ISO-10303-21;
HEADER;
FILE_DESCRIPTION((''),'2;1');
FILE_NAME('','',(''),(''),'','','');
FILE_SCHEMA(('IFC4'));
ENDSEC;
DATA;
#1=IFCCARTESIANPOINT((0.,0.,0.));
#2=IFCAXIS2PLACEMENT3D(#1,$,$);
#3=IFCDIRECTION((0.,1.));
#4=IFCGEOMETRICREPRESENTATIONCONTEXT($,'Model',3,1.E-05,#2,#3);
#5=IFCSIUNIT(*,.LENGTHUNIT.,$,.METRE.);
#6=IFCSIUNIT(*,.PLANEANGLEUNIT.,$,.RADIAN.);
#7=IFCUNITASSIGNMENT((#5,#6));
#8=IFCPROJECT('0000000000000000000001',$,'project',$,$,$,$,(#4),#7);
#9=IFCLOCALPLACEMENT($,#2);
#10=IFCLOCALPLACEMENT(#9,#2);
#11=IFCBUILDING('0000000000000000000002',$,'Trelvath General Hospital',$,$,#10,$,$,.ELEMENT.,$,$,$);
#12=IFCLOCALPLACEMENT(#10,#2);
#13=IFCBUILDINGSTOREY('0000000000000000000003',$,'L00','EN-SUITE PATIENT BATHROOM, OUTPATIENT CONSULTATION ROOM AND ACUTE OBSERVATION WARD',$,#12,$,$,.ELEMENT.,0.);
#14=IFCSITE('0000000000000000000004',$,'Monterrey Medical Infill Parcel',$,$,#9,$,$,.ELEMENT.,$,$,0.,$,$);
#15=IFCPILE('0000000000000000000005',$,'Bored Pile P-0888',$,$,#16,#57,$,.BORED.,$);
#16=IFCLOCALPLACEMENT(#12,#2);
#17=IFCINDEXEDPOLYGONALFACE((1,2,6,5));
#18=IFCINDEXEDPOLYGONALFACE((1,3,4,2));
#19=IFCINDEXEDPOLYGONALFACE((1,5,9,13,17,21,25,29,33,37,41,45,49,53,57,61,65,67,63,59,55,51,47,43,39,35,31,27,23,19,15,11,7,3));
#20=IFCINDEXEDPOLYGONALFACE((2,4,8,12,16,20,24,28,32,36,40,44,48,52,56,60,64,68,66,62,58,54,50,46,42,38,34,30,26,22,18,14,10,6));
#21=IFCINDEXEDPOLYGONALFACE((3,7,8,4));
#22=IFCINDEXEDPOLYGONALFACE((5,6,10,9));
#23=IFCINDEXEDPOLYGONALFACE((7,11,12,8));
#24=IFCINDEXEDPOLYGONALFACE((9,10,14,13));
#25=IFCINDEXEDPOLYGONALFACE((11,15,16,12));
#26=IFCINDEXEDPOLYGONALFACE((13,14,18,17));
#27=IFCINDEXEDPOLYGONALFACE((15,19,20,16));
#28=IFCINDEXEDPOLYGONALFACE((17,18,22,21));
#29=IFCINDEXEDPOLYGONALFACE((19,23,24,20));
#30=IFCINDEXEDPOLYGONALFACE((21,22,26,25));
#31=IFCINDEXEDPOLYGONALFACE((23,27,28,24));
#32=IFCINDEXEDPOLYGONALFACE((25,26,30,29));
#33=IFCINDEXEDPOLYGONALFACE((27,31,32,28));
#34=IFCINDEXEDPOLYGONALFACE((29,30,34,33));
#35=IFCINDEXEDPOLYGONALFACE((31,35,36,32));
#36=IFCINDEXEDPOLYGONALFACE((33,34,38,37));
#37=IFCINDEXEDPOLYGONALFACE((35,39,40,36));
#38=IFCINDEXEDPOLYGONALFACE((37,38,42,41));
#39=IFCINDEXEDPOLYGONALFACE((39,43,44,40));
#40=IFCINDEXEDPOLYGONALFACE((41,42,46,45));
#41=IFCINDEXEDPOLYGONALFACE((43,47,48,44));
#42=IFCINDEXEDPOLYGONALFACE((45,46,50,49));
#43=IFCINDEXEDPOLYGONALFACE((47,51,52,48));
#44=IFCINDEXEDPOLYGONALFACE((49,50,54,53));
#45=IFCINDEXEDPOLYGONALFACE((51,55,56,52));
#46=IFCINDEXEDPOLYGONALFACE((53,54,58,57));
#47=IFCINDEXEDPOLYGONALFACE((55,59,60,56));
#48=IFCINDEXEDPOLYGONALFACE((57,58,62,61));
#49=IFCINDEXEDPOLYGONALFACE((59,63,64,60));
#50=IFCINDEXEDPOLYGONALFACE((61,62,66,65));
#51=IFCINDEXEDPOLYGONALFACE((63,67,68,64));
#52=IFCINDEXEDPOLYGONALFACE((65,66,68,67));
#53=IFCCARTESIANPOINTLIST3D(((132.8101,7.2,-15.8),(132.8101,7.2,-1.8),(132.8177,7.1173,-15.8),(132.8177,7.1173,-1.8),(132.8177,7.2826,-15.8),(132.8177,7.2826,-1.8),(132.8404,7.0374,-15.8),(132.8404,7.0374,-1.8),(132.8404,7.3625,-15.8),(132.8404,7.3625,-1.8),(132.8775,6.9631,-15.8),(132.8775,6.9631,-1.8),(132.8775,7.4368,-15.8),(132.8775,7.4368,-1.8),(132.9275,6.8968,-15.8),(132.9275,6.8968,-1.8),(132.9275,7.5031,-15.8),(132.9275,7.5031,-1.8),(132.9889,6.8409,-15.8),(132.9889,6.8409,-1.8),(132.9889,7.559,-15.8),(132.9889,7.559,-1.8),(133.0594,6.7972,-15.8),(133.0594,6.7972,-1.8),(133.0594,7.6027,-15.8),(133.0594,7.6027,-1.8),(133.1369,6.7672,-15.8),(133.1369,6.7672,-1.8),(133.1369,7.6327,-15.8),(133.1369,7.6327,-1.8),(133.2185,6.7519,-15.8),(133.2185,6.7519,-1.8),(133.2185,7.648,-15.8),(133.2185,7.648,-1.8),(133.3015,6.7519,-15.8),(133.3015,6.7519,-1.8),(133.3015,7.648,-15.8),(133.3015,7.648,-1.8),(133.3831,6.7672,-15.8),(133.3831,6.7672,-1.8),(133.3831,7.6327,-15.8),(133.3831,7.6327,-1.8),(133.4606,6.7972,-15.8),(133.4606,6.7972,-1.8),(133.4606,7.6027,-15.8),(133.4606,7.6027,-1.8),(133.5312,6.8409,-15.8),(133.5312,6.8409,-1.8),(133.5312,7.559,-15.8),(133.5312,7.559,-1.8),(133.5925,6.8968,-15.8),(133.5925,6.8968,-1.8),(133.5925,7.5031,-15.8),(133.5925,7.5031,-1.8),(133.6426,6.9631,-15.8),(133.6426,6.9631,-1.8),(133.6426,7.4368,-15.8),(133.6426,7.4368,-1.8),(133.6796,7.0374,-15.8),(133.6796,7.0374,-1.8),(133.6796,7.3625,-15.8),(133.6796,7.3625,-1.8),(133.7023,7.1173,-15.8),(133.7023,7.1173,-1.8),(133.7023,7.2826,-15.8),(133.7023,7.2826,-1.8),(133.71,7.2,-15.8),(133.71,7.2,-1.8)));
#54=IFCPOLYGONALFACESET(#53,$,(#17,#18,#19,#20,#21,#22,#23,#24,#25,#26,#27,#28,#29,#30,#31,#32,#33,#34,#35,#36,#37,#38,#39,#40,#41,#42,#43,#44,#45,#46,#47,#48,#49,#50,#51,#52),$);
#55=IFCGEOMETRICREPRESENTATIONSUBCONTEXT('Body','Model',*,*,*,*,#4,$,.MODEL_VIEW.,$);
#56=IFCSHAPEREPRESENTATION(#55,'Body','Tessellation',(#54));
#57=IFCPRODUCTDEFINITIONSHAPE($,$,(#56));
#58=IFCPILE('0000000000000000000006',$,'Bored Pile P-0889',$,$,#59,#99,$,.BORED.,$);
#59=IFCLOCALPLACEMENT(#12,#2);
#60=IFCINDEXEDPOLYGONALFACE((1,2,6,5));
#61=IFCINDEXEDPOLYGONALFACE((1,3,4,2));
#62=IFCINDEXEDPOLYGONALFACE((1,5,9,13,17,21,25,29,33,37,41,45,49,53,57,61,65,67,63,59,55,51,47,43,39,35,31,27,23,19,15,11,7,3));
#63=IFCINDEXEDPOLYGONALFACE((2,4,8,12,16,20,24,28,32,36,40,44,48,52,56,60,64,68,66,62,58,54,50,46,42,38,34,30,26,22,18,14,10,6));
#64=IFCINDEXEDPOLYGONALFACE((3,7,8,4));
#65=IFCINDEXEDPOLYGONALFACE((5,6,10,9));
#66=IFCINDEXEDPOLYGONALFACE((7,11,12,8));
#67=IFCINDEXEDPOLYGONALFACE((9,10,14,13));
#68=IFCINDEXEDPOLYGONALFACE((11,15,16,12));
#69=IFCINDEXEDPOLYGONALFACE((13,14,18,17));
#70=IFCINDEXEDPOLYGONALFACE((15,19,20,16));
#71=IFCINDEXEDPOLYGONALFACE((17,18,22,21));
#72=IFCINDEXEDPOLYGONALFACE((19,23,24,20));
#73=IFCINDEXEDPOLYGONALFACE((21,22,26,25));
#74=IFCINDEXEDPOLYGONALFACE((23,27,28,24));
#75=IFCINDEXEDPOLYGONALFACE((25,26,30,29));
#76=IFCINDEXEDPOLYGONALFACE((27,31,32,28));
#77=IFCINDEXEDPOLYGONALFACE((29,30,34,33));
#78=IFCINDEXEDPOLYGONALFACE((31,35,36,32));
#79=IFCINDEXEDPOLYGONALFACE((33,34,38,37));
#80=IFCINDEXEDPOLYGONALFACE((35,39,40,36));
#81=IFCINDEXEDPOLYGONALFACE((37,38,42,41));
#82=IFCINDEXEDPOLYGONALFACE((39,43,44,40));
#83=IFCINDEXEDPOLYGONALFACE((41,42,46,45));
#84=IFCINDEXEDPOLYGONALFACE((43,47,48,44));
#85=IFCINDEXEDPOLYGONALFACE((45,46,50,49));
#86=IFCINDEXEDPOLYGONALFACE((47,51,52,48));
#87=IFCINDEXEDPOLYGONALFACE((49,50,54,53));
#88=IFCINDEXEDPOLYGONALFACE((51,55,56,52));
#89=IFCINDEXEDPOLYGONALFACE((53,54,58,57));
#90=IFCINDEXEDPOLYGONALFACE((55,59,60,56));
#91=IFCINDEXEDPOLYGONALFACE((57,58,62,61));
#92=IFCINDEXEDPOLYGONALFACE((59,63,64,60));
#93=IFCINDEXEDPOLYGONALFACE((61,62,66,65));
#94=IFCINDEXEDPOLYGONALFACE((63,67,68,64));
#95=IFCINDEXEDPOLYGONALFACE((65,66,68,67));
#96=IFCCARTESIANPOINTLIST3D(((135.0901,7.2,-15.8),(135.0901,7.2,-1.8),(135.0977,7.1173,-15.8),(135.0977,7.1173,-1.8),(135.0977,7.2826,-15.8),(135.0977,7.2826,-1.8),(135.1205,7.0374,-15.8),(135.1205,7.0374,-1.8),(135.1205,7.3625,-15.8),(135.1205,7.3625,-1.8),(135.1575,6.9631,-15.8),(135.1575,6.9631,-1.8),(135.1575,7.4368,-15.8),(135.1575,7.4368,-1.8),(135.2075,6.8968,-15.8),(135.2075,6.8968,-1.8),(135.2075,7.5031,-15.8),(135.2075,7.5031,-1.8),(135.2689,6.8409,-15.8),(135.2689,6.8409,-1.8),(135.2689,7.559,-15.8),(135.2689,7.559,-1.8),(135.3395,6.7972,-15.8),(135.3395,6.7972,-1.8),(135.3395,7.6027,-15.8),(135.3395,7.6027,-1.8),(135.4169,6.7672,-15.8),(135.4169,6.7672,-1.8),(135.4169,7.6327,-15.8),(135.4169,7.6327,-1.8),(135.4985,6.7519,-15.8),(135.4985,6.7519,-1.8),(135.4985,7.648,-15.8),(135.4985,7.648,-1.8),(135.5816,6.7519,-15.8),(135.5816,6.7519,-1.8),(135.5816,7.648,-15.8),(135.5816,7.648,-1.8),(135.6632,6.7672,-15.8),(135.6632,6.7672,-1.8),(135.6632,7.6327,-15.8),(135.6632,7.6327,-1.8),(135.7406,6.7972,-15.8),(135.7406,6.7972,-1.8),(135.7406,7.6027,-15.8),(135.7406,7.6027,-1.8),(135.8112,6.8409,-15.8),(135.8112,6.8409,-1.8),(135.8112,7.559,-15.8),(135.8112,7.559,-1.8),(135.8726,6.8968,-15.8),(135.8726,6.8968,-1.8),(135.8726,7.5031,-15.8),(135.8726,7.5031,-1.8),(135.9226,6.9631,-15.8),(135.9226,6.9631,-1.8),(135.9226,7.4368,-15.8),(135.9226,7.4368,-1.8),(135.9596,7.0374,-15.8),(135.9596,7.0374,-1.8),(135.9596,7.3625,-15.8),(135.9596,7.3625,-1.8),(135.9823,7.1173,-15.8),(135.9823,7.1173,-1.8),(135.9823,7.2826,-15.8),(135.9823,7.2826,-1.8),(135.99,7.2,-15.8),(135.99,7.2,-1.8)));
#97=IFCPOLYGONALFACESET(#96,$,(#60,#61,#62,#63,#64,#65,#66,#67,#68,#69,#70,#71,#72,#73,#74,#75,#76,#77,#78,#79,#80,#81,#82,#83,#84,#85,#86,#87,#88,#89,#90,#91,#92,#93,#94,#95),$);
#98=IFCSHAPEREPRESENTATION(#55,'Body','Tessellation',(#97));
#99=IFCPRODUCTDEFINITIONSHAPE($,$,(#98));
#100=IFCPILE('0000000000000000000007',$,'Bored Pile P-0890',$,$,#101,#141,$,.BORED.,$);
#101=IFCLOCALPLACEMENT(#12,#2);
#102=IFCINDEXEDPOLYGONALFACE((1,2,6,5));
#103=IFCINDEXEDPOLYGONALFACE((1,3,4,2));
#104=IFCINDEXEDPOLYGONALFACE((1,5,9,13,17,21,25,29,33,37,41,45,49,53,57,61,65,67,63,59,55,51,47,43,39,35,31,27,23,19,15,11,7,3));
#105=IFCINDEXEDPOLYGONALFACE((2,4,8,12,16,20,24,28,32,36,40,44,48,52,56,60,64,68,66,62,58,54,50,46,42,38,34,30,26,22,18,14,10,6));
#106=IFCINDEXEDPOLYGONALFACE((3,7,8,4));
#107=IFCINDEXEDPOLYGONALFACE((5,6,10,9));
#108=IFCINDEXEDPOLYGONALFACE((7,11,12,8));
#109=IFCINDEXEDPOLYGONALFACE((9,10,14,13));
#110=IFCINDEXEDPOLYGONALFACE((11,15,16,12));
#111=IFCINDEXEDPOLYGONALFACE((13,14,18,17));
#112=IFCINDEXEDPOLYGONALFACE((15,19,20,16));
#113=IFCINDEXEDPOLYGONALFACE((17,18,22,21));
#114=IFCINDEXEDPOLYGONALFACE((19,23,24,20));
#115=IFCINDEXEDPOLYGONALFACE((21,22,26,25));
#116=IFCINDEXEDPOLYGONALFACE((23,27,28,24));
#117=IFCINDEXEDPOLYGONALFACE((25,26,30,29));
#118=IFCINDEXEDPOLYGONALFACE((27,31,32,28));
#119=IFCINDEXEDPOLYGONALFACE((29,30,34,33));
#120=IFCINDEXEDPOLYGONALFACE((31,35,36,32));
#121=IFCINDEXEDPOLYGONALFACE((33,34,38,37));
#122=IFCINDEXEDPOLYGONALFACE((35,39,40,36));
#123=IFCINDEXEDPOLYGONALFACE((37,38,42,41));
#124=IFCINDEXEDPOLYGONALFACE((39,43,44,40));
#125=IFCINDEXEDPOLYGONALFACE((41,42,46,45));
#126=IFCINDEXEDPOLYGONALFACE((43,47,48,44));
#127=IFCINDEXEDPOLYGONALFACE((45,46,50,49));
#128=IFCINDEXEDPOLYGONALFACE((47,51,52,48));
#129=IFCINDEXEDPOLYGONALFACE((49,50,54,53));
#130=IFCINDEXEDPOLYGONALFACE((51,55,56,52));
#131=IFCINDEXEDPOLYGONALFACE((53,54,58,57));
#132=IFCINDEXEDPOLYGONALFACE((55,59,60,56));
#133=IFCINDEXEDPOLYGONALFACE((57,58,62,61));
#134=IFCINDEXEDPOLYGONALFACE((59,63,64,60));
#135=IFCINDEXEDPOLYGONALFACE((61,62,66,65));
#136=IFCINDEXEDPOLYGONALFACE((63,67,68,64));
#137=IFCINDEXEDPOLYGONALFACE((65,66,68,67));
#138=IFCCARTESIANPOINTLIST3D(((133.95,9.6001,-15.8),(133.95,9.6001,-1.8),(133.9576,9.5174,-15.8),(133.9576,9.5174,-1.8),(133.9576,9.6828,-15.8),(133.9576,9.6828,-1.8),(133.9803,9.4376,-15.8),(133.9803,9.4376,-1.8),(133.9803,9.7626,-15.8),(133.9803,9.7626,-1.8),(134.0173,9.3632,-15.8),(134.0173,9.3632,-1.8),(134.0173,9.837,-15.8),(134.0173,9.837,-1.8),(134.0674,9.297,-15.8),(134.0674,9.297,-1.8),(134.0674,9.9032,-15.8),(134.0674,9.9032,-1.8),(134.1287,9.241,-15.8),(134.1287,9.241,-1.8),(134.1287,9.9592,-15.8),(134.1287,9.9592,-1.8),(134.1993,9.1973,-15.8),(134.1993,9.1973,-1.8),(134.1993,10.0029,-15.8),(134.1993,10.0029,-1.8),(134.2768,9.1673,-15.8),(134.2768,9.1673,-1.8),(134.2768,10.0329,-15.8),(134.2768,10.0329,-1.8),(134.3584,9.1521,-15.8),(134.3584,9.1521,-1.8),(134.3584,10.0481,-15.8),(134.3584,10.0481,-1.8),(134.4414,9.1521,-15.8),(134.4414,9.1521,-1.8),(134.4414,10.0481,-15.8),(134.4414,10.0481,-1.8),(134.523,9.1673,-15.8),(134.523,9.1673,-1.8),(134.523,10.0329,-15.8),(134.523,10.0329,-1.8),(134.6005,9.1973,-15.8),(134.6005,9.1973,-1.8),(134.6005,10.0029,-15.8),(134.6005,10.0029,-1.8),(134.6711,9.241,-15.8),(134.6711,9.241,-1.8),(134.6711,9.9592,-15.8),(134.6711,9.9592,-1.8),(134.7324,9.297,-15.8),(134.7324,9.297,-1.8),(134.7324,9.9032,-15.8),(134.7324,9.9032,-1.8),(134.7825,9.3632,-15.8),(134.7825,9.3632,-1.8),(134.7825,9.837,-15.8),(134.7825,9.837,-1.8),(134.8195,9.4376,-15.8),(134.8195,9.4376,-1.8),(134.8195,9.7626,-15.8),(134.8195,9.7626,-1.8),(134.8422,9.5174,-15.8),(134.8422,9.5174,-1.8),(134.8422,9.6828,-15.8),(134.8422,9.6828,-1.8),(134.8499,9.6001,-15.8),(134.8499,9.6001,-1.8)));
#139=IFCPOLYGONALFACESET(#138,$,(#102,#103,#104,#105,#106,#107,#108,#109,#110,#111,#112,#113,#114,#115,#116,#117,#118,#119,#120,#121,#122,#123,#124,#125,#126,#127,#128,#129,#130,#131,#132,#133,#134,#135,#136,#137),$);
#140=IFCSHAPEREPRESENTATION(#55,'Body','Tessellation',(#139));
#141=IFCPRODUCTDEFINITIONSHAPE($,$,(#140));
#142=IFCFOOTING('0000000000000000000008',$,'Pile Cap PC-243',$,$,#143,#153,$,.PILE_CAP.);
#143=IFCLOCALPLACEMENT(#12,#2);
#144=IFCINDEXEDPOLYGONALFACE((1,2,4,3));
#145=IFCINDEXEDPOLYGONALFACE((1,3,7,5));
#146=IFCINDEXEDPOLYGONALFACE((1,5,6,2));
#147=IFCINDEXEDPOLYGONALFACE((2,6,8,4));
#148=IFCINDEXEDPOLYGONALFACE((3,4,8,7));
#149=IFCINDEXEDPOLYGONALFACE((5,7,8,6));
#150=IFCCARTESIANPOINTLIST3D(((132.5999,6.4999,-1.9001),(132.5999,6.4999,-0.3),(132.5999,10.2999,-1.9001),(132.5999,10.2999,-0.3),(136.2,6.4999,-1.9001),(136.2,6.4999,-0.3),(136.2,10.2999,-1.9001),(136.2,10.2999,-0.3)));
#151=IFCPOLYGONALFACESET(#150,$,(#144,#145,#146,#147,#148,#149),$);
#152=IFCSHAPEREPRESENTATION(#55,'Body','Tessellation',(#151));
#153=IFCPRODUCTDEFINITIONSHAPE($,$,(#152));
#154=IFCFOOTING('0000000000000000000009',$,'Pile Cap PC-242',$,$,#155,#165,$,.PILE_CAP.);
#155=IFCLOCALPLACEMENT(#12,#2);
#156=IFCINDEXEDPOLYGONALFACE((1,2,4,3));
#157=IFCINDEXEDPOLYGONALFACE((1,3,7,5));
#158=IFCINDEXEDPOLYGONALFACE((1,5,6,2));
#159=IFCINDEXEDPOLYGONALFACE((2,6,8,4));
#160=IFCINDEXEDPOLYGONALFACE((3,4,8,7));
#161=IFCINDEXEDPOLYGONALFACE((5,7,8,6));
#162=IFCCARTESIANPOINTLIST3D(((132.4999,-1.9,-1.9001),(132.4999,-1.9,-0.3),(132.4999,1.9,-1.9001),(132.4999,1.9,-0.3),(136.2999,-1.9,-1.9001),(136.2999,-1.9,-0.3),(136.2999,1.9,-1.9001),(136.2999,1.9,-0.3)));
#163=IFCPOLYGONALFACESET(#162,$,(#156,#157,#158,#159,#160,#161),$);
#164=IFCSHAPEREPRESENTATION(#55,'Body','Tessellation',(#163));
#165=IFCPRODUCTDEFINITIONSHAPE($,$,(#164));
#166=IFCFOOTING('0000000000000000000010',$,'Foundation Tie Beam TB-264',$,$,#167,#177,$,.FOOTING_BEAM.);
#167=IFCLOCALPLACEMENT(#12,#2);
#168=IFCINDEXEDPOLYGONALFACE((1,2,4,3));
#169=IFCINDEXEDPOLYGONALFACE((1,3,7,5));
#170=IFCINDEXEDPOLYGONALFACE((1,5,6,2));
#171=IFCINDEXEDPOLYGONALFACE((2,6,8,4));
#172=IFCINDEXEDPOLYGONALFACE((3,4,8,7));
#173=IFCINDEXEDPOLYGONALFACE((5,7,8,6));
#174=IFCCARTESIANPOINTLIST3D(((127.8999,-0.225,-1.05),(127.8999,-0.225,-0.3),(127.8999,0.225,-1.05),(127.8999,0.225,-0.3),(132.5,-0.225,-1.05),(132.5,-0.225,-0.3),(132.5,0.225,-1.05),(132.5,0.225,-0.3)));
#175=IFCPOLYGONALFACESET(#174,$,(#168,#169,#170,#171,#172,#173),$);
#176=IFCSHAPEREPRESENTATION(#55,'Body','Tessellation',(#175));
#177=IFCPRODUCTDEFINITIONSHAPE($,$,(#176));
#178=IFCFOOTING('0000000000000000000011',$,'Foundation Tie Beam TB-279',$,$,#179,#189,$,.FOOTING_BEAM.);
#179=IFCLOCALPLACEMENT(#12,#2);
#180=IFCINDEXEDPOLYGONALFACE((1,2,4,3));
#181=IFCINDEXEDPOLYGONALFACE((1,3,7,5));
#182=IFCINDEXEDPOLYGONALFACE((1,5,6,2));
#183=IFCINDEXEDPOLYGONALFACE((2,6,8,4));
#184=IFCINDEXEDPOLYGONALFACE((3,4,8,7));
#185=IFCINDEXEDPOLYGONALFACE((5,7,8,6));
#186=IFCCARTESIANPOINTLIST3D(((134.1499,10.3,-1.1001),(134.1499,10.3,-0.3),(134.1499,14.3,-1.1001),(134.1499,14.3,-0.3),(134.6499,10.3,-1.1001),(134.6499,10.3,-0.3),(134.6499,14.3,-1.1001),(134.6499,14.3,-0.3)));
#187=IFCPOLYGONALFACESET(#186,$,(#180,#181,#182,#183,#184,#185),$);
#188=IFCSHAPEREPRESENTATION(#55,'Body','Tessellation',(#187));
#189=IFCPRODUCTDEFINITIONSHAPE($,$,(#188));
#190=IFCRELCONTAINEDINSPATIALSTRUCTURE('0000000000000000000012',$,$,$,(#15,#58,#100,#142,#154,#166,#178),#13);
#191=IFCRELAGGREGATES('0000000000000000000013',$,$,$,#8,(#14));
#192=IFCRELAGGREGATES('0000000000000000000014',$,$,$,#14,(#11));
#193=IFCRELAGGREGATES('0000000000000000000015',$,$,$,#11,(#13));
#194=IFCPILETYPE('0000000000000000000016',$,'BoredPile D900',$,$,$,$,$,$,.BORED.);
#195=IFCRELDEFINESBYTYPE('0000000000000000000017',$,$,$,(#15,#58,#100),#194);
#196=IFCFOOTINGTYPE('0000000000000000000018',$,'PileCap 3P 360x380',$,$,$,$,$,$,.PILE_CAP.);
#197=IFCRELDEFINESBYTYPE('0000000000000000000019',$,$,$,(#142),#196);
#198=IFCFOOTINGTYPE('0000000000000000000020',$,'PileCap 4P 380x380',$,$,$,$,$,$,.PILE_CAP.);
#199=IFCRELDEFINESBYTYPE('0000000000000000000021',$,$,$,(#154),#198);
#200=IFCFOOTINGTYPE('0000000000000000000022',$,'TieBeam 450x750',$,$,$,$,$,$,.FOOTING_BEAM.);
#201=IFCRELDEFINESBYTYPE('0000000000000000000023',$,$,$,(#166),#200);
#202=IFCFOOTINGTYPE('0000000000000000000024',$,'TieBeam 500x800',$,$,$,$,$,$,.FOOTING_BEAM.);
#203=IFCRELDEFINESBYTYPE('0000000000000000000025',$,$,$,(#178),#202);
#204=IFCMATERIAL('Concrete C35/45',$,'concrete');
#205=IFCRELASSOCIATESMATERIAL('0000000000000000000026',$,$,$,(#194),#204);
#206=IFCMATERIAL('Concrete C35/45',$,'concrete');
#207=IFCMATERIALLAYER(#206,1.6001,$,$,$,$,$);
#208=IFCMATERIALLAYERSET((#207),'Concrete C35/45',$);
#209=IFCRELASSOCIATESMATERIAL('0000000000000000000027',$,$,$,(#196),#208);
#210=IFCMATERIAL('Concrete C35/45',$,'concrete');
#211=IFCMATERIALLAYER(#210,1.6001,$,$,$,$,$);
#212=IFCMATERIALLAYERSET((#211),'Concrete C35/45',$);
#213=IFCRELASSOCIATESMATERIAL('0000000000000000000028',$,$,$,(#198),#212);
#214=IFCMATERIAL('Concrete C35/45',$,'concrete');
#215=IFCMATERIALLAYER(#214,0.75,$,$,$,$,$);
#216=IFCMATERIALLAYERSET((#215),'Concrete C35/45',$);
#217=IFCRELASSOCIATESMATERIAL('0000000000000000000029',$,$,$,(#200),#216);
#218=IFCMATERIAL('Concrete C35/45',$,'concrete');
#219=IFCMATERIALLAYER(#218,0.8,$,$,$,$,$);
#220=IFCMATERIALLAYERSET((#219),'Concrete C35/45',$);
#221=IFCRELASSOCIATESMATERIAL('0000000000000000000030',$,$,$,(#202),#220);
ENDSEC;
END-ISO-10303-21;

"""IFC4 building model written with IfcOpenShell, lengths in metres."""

from ifc_helpers import new_model, si_unit, direction, frame, origin, origin_2d, place, context, subcontext, project, spatial, rectangle, circle, extrude, material, layer, layer_set, material_profile, profile_set, type_object, element, save


model = new_model("IFC4")

# Units and contexts
model_context = context("Model", 3, precision=1e-05, world=origin(), true_north=direction((0.0, 1.0)))
body_context = subcontext(model_context, "Body", "Model", "MODEL_VIEW")
ifc_project = project(units=[si_unit("LENGTHUNIT", "METRE"), si_unit("PLANEANGLEUNIT", "RADIAN")], contexts=[model_context])

# Site, building, storey
site_placement = place(None, origin())
site = spatial("IfcSite", under=ifc_project, at=site_placement, Name="Monterrey Medical Infill Parcel", CompositionType="ELEMENT", RefElevation=0.0)
building_placement = place(site_placement, origin())
building = spatial("IfcBuilding", under=site, at=building_placement, Name="Trelvath General Hospital", CompositionType="ELEMENT")
storey_placement = place(building_placement, origin())
storey = spatial("IfcBuildingStorey", under=building, at=storey_placement, Name="L00", Description="EN-SUITE PATIENT BATHROOM, OUTPATIENT CONSULTATION ROOM AND ACUTE OBSERVATION WARD", CompositionType="ELEMENT", Elevation=0.0)

# Piles
ifc_material_1 = material(Name="Concrete C35/45", Category="concrete")
ifc_material_profile_1 = material_profile(ifc_material_1, circle(Radius=0.45, at=origin_2d()), Name="PILE900")
ifc_profile_set_1 = profile_set([ifc_material_profile_1], Name="Concrete C35/45")
pile_type = type_object("IfcPileType", Name="BoredPile D900", PredefinedType="BORED", material=ifc_profile_set_1)
for number, where, z_axis, x_axis, name in (
    (1, (133.26, 7.2, -1.8), (0.0, 0.0, -1.0), (1.0, 0.0, 0.0), "Bored Pile P-0888"),
    (2, (135.54, 7.2, -1.8), (0.0, 0.0, -1.0), (1.0, 0.0, 0.0), "Bored Pile P-0889"),
    (3, (134.3999, 9.6001, -1.8), (0.0, 0.0, -1.0), (1.0, 0.0, 0.0), "Bored Pile P-0890"),
):
    element("IfcPile", number, at=place(storey_placement, frame(where, z_axis=z_axis, x_axis=x_axis)), inside=storey, type_object=pile_type, Name=name, PredefinedType="BORED", context=body_context, shape_type="SweptSolid", body=[
        extrude(circle(Radius=0.45, at=origin_2d()), origin(), (0.0, 0.0, 1.0), 14.0),
    ])

# Footings
ifc_material_2 = material(Name="Concrete C35/45", Category="concrete")
ifc_layer_1 = layer(ifc_material_2, 1.6001)
ifc_layer_set_1 = layer_set([ifc_layer_1], Name="Concrete C35/45")
footing_type_1 = type_object("IfcFootingType", Name="PileCap 3P 360x380", PredefinedType="PILE_CAP", material=ifc_layer_set_1)
footing_1_placement = place(storey_placement, frame((134.3999, 8.3999, -1.9001), z_axis=(0.0, 0.0, 1.0), x_axis=(1.0, 0.0, 0.0)))
element("IfcFooting", 4, at=footing_1_placement, inside=storey, type_object=footing_type_1, Name="Pile Cap PC-243", PredefinedType="PILE_CAP", context=body_context, shape_type="SweptSolid", body=[
    extrude(rectangle(XDim=3.6001, YDim=3.8, at=origin_2d()), origin(), (0.0, 0.0, 1.0), 1.6001),
])
ifc_material_3 = material(Name="Concrete C35/45", Category="concrete")
ifc_layer_2 = layer(ifc_material_3, 1.6001)
ifc_layer_set_2 = layer_set([ifc_layer_2], Name="Concrete C35/45")
footing_type_2 = type_object("IfcFootingType", Name="PileCap 4P 380x380", PredefinedType="PILE_CAP", material=ifc_layer_set_2)
footing_2_placement = place(storey_placement, frame((134.3999, 0.0, -1.9001), z_axis=(0.0, 0.0, 1.0), x_axis=(1.0, 0.0, 0.0)))
element("IfcFooting", 5, at=footing_2_placement, inside=storey, type_object=footing_type_2, Name="Pile Cap PC-242", PredefinedType="PILE_CAP", context=body_context, shape_type="SweptSolid", body=[
    extrude(rectangle(XDim=3.8, YDim=3.8, at=origin_2d()), origin(), (0.0, 0.0, 1.0), 1.6001),
])
ifc_material_4 = material(Name="Concrete C35/45", Category="concrete")
ifc_layer_3 = layer(ifc_material_4, 0.75)
ifc_layer_set_3 = layer_set([ifc_layer_3], Name="Concrete C35/45")
footing_type_3 = type_object("IfcFootingType", Name="TieBeam 450x750", PredefinedType="FOOTING_BEAM", material=ifc_layer_set_3)
footing_3_placement = place(storey_placement, frame((130.2, 0.0, -1.05), z_axis=(0.0, 0.0, 1.0), x_axis=(1.0, 0.0, 0.0)))
element("IfcFooting", 6, at=footing_3_placement, inside=storey, type_object=footing_type_3, Name="Foundation Tie Beam TB-264", PredefinedType="FOOTING_BEAM", context=body_context, shape_type="SweptSolid", body=[
    extrude(rectangle(XDim=4.6001, YDim=0.45, at=origin_2d()), origin(), (0.0, 0.0, 1.0), 0.75),
])
ifc_material_5 = material(Name="Concrete C35/45", Category="concrete")
ifc_layer_4 = layer(ifc_material_5, 0.8)
ifc_layer_set_4 = layer_set([ifc_layer_4], Name="Concrete C35/45")
footing_type_4 = type_object("IfcFootingType", Name="TieBeam 500x800", PredefinedType="FOOTING_BEAM", material=ifc_layer_set_4)
footing_4_placement = place(storey_placement, frame((134.3999, 12.3, -1.1001), z_axis=(0.0, 0.0, 1.0), x_axis=(1.0, 0.0, 0.0)))
element("IfcFooting", 7, at=footing_4_placement, inside=storey, type_object=footing_type_4, Name="Foundation Tie Beam TB-279", PredefinedType="FOOTING_BEAM", context=body_context, shape_type="SweptSolid", body=[
    extrude(rectangle(XDim=0.5, YDim=4.0, at=origin_2d()), origin(), (0.0, 0.0, 1.0), 0.8),
])

save(model, "model.ifc")
